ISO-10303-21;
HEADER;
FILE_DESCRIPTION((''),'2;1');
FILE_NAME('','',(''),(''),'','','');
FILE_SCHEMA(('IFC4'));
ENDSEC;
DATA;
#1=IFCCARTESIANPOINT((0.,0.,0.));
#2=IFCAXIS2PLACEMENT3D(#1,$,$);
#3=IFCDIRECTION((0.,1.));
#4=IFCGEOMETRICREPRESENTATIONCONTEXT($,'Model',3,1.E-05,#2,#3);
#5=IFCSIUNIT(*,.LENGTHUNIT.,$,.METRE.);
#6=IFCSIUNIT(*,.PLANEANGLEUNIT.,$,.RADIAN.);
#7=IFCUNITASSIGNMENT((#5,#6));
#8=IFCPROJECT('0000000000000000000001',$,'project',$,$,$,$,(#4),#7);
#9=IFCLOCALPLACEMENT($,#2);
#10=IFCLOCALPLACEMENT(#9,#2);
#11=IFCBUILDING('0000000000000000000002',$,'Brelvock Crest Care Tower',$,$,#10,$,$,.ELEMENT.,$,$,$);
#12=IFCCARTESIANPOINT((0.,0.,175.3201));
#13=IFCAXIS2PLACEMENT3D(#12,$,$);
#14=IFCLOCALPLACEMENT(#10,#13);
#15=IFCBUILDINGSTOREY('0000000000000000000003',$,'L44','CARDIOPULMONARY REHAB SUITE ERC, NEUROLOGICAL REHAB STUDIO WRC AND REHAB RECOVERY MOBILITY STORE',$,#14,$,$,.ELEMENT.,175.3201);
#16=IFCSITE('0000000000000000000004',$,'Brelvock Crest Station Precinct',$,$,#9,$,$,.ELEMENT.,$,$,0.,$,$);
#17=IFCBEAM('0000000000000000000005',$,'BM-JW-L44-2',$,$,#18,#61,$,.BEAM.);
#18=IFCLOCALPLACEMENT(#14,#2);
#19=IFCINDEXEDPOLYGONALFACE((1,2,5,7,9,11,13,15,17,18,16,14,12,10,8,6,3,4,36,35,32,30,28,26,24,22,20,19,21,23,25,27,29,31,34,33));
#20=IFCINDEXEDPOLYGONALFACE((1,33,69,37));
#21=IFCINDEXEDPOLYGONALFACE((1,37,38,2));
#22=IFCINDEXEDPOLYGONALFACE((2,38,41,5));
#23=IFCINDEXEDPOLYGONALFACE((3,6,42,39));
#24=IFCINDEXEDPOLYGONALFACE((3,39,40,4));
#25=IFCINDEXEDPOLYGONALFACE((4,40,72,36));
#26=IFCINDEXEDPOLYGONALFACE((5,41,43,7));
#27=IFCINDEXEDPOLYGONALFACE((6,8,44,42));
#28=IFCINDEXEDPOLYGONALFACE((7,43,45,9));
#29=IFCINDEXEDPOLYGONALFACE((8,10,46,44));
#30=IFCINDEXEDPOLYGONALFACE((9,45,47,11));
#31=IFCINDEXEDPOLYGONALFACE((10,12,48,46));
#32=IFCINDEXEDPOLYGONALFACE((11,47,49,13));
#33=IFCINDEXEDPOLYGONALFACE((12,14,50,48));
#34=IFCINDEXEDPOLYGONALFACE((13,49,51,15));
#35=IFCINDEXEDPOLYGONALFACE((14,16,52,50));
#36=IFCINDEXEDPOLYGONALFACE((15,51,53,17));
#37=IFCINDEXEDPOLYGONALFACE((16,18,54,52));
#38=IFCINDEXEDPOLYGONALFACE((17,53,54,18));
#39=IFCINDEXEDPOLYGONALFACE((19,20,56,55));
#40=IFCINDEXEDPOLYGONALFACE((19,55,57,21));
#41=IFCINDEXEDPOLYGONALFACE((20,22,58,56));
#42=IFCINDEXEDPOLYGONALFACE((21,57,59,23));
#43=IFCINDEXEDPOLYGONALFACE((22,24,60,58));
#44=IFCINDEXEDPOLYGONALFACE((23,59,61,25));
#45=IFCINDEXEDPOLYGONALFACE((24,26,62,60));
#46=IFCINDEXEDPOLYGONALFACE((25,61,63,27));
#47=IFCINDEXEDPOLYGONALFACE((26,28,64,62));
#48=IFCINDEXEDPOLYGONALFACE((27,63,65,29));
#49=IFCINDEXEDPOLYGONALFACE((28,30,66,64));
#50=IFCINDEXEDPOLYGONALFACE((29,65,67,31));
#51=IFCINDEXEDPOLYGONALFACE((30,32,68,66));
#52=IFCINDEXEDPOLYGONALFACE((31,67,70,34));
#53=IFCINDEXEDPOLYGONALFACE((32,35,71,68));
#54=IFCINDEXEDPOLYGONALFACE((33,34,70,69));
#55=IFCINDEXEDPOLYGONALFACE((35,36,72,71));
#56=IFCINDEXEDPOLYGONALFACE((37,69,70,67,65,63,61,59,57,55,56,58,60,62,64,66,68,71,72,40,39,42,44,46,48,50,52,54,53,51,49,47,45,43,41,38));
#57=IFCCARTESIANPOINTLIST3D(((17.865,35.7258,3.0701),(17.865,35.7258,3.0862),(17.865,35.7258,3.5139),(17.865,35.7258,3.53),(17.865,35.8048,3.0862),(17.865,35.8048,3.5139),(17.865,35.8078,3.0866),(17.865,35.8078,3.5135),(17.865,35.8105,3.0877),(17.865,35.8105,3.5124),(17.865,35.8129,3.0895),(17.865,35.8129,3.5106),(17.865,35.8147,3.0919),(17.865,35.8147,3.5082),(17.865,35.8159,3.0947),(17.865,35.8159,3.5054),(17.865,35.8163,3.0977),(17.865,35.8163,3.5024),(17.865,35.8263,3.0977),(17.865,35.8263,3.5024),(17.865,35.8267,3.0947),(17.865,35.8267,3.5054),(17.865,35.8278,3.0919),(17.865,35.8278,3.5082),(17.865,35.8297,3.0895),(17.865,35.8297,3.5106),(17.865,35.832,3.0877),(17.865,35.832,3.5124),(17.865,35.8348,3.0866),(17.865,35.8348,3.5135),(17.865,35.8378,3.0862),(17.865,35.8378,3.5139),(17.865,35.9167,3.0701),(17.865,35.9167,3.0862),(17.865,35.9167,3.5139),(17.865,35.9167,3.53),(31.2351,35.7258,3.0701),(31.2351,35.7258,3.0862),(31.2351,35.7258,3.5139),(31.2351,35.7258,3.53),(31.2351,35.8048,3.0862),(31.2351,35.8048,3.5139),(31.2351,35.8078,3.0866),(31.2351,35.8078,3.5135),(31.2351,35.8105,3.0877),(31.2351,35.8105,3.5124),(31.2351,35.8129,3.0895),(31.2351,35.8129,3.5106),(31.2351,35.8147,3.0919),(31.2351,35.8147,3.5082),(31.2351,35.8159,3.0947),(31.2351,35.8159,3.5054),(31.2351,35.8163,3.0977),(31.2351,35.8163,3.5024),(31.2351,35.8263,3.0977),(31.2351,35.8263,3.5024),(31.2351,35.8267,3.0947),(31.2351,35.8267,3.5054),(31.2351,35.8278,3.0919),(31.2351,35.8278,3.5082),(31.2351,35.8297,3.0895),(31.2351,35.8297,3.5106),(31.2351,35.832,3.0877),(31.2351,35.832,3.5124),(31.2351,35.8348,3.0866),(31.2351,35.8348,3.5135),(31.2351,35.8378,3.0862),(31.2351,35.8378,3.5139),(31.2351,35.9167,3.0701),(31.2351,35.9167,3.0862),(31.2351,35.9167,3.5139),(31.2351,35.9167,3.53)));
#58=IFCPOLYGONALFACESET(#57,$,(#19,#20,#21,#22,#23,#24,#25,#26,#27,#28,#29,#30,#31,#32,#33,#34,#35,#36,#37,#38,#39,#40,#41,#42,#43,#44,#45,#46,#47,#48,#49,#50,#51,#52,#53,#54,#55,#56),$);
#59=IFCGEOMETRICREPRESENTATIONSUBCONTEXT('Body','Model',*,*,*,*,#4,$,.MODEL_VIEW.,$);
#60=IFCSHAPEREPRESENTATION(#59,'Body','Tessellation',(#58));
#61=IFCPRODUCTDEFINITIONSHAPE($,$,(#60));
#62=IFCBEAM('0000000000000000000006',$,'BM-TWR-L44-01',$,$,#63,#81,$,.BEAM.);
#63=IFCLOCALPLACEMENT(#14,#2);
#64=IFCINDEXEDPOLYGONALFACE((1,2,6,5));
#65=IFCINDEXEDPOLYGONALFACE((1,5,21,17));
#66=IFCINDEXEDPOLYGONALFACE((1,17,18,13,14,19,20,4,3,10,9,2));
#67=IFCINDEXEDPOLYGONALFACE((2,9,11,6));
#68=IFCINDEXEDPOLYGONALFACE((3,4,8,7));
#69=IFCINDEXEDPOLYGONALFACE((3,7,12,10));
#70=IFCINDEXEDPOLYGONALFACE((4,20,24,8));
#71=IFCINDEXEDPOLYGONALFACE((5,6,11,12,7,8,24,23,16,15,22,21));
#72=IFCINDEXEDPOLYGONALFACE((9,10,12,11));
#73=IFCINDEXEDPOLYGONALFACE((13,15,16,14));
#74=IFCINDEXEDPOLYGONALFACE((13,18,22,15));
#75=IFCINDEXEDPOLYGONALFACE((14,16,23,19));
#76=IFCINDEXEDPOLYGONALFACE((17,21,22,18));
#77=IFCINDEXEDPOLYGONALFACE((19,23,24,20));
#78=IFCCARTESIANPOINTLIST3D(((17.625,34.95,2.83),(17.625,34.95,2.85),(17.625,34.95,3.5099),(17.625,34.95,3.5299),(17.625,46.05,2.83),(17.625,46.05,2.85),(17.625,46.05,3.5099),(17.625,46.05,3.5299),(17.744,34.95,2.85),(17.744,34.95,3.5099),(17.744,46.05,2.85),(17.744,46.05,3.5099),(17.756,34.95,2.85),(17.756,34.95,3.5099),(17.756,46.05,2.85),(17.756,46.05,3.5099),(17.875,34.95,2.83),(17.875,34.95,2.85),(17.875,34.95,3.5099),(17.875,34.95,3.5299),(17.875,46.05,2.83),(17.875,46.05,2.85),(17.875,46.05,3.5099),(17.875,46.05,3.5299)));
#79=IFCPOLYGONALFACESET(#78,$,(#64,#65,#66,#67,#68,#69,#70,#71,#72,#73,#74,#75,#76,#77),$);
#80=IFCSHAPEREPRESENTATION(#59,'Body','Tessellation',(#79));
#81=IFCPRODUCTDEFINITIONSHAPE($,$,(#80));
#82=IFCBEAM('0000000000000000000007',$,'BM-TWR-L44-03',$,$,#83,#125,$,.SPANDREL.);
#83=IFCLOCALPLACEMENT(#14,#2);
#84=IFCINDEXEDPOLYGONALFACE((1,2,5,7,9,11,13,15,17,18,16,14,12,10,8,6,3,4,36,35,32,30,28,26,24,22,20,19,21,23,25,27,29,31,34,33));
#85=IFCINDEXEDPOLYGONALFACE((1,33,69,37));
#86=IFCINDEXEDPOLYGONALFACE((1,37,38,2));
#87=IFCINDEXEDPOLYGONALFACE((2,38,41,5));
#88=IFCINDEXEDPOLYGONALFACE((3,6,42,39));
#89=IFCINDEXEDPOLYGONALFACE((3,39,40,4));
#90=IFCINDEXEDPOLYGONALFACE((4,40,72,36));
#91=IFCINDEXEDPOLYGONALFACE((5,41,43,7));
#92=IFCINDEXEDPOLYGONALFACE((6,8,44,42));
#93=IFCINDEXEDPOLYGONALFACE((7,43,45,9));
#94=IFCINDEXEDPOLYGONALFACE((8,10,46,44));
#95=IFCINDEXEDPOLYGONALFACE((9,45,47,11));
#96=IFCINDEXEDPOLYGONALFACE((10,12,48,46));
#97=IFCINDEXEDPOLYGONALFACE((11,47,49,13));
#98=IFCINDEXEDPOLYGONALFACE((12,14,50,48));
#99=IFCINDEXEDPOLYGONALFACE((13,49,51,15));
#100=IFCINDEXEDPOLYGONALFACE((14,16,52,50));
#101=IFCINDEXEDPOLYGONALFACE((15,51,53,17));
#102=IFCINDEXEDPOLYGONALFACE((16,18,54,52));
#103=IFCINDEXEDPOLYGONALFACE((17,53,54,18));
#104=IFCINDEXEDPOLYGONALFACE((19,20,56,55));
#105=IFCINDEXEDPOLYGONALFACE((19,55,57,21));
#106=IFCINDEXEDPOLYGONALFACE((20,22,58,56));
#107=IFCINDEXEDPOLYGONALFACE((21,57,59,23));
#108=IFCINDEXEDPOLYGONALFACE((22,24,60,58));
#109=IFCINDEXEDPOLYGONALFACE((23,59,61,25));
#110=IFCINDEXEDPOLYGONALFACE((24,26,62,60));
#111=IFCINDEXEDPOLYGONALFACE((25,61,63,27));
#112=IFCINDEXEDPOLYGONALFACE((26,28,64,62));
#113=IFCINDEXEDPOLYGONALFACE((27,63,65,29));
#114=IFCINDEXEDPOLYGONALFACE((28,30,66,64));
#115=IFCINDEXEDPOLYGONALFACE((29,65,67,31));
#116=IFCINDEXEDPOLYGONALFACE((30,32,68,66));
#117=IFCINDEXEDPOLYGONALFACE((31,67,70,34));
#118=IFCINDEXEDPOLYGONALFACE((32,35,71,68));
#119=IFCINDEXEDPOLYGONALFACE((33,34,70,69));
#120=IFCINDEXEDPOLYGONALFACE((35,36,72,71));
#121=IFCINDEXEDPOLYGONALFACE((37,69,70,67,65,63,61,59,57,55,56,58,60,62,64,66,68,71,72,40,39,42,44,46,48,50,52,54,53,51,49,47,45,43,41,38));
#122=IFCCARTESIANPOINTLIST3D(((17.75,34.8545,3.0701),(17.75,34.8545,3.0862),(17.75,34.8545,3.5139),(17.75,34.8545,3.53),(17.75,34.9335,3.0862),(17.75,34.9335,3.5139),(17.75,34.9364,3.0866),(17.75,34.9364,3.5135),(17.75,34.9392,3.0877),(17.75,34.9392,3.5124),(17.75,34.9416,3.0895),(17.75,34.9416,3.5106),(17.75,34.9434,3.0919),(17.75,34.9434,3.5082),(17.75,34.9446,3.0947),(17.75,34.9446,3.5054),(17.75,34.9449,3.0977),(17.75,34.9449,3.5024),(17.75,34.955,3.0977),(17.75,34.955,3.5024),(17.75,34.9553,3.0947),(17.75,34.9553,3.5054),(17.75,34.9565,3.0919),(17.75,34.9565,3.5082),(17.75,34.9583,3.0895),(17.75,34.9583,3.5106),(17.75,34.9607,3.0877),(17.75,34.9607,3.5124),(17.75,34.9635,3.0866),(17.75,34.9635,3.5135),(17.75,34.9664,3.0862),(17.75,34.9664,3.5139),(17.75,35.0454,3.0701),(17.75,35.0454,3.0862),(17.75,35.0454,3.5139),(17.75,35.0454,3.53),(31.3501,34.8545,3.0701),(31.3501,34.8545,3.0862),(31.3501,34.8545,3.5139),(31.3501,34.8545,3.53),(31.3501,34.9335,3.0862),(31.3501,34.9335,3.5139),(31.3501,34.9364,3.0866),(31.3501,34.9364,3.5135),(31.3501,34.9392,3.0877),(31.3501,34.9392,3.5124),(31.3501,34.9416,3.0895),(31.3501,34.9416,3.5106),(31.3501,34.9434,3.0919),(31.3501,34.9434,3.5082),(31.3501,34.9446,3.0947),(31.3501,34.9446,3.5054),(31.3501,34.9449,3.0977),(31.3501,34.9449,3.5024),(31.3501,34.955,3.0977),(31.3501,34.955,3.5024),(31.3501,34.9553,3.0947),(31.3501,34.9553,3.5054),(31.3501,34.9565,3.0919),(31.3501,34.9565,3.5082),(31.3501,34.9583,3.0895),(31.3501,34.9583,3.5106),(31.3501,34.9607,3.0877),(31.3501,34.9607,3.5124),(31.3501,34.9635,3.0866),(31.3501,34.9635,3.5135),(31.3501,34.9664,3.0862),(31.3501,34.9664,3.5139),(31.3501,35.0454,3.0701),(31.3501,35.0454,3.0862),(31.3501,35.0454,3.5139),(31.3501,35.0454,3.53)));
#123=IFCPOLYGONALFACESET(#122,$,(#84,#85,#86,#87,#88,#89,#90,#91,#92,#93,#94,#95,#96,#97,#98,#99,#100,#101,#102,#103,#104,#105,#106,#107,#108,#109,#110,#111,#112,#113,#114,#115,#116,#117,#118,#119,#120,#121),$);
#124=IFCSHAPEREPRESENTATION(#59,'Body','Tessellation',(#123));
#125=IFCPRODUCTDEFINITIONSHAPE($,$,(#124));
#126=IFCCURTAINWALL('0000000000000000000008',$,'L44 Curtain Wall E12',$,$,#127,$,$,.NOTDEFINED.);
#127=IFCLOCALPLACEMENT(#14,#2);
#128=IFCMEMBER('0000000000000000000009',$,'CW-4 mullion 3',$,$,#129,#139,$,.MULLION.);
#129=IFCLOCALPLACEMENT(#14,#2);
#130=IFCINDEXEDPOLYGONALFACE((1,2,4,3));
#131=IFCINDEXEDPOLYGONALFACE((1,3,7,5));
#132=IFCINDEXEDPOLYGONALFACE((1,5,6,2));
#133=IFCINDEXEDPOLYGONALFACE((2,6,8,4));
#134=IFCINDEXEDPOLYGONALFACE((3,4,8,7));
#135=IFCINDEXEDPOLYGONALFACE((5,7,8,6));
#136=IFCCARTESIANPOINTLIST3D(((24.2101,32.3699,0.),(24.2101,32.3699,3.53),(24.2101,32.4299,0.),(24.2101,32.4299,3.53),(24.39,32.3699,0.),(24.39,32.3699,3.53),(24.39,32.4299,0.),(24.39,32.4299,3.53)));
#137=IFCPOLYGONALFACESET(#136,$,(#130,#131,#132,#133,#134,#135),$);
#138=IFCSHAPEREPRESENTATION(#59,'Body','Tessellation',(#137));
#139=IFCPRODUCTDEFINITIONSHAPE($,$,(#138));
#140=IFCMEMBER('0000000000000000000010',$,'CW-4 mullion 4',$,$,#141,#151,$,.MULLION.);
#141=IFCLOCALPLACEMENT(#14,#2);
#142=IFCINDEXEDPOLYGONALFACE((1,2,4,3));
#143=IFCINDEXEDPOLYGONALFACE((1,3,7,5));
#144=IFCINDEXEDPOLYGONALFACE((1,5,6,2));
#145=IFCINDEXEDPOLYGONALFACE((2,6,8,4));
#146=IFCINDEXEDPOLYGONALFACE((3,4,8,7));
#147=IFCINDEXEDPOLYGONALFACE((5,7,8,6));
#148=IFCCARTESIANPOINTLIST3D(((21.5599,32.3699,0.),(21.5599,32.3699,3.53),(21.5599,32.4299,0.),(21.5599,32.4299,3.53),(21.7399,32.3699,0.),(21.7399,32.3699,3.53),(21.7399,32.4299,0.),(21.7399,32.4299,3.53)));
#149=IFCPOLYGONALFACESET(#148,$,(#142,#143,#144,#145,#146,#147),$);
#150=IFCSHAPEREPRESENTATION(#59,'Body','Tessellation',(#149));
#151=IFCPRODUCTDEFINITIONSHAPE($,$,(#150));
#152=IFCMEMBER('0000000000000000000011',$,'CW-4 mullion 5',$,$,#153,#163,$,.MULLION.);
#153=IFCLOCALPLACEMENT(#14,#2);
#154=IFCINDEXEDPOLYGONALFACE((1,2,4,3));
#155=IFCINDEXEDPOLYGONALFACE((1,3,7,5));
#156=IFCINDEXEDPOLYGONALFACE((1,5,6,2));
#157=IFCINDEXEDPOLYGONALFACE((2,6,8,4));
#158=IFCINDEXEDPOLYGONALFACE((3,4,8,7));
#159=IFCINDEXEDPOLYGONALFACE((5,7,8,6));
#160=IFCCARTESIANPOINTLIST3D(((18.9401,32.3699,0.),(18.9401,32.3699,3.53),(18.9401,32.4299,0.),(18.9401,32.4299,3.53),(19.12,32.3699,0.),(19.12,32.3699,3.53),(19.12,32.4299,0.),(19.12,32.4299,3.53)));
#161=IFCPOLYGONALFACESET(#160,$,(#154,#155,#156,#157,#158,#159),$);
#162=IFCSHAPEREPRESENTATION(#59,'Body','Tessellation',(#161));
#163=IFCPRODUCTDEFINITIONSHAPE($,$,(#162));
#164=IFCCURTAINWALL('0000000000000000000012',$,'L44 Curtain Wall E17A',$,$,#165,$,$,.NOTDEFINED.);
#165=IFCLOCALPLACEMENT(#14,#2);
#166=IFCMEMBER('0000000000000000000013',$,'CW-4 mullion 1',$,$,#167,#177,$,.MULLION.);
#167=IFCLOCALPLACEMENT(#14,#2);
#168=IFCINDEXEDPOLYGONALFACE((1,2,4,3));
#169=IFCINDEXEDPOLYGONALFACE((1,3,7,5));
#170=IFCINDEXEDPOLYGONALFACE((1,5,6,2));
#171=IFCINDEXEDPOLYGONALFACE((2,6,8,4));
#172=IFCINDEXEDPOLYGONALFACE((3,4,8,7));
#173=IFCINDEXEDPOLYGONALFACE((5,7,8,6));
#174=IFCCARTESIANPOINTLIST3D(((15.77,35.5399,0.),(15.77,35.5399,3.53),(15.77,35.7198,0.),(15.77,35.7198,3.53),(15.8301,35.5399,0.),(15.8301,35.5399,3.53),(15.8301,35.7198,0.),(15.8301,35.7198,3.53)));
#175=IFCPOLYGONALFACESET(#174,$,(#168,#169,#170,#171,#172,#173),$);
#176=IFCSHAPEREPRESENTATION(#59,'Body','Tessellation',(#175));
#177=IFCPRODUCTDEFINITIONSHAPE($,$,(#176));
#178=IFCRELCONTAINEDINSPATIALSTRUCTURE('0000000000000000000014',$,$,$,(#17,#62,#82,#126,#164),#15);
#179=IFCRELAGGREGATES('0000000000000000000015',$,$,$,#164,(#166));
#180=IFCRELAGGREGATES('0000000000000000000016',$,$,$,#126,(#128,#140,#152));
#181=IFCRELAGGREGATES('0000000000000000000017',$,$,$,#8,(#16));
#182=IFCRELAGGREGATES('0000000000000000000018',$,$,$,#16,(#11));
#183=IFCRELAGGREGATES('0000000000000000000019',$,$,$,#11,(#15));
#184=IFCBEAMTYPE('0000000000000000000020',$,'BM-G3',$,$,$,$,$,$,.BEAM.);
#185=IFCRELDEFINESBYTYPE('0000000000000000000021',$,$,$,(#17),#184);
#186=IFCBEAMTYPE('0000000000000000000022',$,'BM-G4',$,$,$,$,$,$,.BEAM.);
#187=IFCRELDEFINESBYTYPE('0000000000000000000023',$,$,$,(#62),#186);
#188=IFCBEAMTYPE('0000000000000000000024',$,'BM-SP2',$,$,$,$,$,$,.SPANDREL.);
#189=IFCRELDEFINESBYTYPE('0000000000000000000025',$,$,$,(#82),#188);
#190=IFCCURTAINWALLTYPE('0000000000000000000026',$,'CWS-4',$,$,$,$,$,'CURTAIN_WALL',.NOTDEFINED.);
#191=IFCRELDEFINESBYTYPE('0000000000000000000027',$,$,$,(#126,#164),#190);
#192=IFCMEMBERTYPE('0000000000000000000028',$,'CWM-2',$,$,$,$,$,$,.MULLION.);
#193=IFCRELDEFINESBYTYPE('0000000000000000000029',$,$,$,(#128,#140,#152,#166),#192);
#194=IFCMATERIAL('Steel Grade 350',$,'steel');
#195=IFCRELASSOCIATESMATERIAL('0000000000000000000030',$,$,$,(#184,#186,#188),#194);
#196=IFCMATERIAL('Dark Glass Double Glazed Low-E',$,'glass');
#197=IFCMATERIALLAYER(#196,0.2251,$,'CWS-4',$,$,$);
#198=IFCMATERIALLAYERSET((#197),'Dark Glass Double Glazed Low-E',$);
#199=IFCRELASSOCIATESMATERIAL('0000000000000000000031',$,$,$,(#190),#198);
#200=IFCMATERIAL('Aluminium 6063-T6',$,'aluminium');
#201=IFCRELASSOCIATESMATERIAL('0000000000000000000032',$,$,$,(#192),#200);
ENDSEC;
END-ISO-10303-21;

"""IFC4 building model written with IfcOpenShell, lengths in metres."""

from ifc_helpers import new_model, si_unit, direction, frame, origin, origin_2d, place, context, subcontext, project, spatial, rectangle, i_section, extrude, source, transform, mapped, material, layer, layer_set, material_profile, profile_set, type_object, element, aggregate, save


model = new_model("IFC4")

# Units and contexts
model_context = context("Model", 3, precision=1e-05, world=origin(), true_north=direction((0.0, 1.0)))
body_context = subcontext(model_context, "Body", "Model", "MODEL_VIEW")
ifc_project = project(units=[si_unit("LENGTHUNIT", "METRE"), si_unit("PLANEANGLEUNIT", "RADIAN")], contexts=[model_context])

# Site, building, storey
site_placement = place(None, origin())
site = spatial("IfcSite", under=ifc_project, at=site_placement, Name="Brelvock Crest Station Precinct", CompositionType="ELEMENT", RefElevation=0.0)
building_placement = place(site_placement, origin())
building = spatial("IfcBuilding", under=site, at=building_placement, Name="Brelvock Crest Care Tower", CompositionType="ELEMENT")
storey_placement = place(building_placement, frame((0.0, 0.0, 175.3201)))
storey = spatial("IfcBuildingStorey", under=building, at=storey_placement, Name="L44", Description="CARDIOPULMONARY REHAB SUITE ERC, NEUROLOGICAL REHAB STUDIO WRC AND REHAB RECOVERY MOBILITY STORE", CompositionType="ELEMENT", Elevation=175.3201)

# Shared definitions
ifc_material_1 = material(Name="Steel Grade 350", Category="steel")

# Beams
ifc_material_profile_1 = material_profile(ifc_material_1, i_section(OverallWidth=0.1909, OverallDepth=0.46, WebThickness=0.01, FlangeThickness=0.0161, FilletRadius=0.0115, at=origin_2d()), Name="460UB82.1")
ifc_profile_set_1 = profile_set([ifc_material_profile_1], Name="Steel Grade 350")
beam_type_1 = type_object("IfcBeamType", Name="BM-G3", PredefinedType="BEAM", material=ifc_profile_set_1)
shared_shape_1 = source(origin(), body_context, "Body", "SweptSolid", [
    extrude(i_section(OverallWidth=0.1909, OverallDepth=0.46, WebThickness=0.01, FlangeThickness=0.0161, FilletRadius=0.0115, at=origin_2d()), origin(), (0.0, 0.0, 1.0), 13.3701),
])
beam_1_placement = place(storey_placement, frame((17.865, 35.8213, 3.3), z_axis=(1.0, 0.0, 0.0), x_axis=(0.0, 1.0, 0.0)))
element("IfcBeam", 1, at=beam_1_placement, inside=storey, type_object=beam_type_1, Name="BM-JW-L44-2", PredefinedType="BEAM", context=body_context, shape_type="MappedRepresentation", body=[
    mapped(shared_shape_1, transform((0.0, 0.0, 0.0), x_axis=(1.0, 0.0, 0.0), y_axis=(0.0, 1.0, 0.0), z_axis=(0.0, 0.0, 1.0), scale=1.0)),
])
ifc_material_profile_2 = material_profile(ifc_material_1, i_section(OverallWidth=0.25, OverallDepth=0.7, WebThickness=0.012, FlangeThickness=0.02, at=origin_2d()), Name="700WB150")
ifc_profile_set_2 = profile_set([ifc_material_profile_2], Name="Steel Grade 350")
beam_type_2 = type_object("IfcBeamType", Name="BM-G4", PredefinedType="BEAM", material=ifc_profile_set_2)
shared_shape_2 = source(origin(), body_context, "Body", "SweptSolid", [
    extrude(i_section(OverallWidth=0.25, OverallDepth=0.7, WebThickness=0.012, FlangeThickness=0.02, at=origin_2d()), origin(), (0.0, 0.0, 1.0), 11.1001),
])
beam_2_placement = place(storey_placement, frame((17.75, 34.95, 3.1799), z_axis=(0.0, 1.0, 0.0), x_axis=(-1.0, 0.0, 0.0)))
element("IfcBeam", 2, at=beam_2_placement, inside=storey, type_object=beam_type_2, Name="BM-TWR-L44-01", PredefinedType="BEAM", context=body_context, shape_type="MappedRepresentation", body=[
    mapped(shared_shape_2, transform((0.0, 0.0, 0.0), x_axis=(1.0, 0.0, 0.0), y_axis=(0.0, 1.0, 0.0), z_axis=(0.0, 0.0, 1.0), scale=1.0)),
])
ifc_material_profile_3 = material_profile(ifc_material_1, i_section(OverallWidth=0.1909, OverallDepth=0.46, WebThickness=0.01, FlangeThickness=0.0161, FilletRadius=0.0115, at=origin_2d()), Name="460UB82.1")
ifc_profile_set_3 = profile_set([ifc_material_profile_3], Name="Steel Grade 350")
beam_type_3 = type_object("IfcBeamType", Name="BM-SP2", PredefinedType="SPANDREL", material=ifc_profile_set_3)
shared_shape_3 = source(origin(), body_context, "Body", "SweptSolid", [
    extrude(i_section(OverallWidth=0.1909, OverallDepth=0.46, WebThickness=0.01, FlangeThickness=0.0161, FilletRadius=0.0115, at=origin_2d()), origin(), (0.0, 0.0, 1.0), 13.6001),
])
beam_3_placement = place(storey_placement, frame((17.75, 34.95, 3.3), z_axis=(1.0, 0.0, 0.0), x_axis=(0.0, 1.0, 0.0)))
element("IfcBeam", 3, at=beam_3_placement, inside=storey, type_object=beam_type_3, Name="BM-TWR-L44-03", PredefinedType="SPANDREL", context=body_context, shape_type="MappedRepresentation", body=[
    mapped(shared_shape_3, transform((0.0, 0.0, 0.0), x_axis=(1.0, 0.0, 0.0), y_axis=(0.0, 1.0, 0.0), z_axis=(0.0, 0.0, 1.0), scale=1.0)),
])

# Curtain wall, members
ifc_material_2 = material(Name="Dark Glass Double Glazed Low-E", Category="glass")
ifc_layer_1 = layer(ifc_material_2, 0.2251, Name="CWS-4")
ifc_layer_set_1 = layer_set([ifc_layer_1], Name="Dark Glass Double Glazed Low-E")
curtain_wall_type = type_object("IfcCurtainWallType", Name="CWS-4", ElementType="CURTAIN_WALL", PredefinedType="NOTDEFINED", material=ifc_layer_set_1)
curtain_wall_1_placement = place(storey_placement, origin())
curtain_wall_1 = element("IfcCurtainWall", 4, at=curtain_wall_1_placement, inside=storey, type_object=curtain_wall_type, Name="L44 Curtain Wall E12", PredefinedType="NOTDEFINED")
ifc_material_3 = material(Name="Aluminium 6063-T6", Category="aluminium")
ifc_material_profile_4 = material_profile(ifc_material_3, rectangle(XDim=0.0601, YDim=0.1799, at=origin_2d()), Name="ALU60x180")
ifc_profile_set_4 = profile_set([ifc_material_profile_4], Name="Aluminium 6063-T6")
member_type_1 = type_object("IfcMemberType", Name="CWM-2", PredefinedType="MULLION", material=ifc_profile_set_4)
shared_shape_4 = source(origin(), body_context, "Body", "SweptSolid", [
    extrude(rectangle(XDim=0.0601, YDim=0.1799, at=origin_2d()), origin(), (0.0, 0.0, 1.0), 3.53),
])
member_1_placement = place(storey_placement, frame((24.3, 32.3999, 0.0), z_axis=(0.0, 0.0, 1.0), x_axis=(0.0, -1.0, 0.0)))
member_1 = element("IfcMember", 5, at=member_1_placement, type_object=member_type_1, Name="CW-4 mullion 3", PredefinedType="MULLION", context=body_context, shape_type="MappedRepresentation", body=[
    mapped(shared_shape_4, transform((0.0, 0.0, 0.0), x_axis=(1.0, 0.0, 0.0), y_axis=(0.0, 1.0, 0.0), z_axis=(0.0, 0.0, 1.0), scale=1.0)),
])
member_2_placement = place(storey_placement, frame((21.6499, 32.3999, 0.0), z_axis=(0.0, 0.0, 1.0), x_axis=(0.0, -1.0, 0.0)))
member_2 = element("IfcMember", 6, at=member_2_placement, type_object=member_type_1, Name="CW-4 mullion 4", PredefinedType="MULLION", context=body_context, shape_type="MappedRepresentation", body=[
    mapped(shared_shape_4, transform((0.0, 0.0, 0.0), x_axis=(1.0, 0.0, 0.0), y_axis=(0.0, 1.0, 0.0), z_axis=(0.0, 0.0, 1.0), scale=1.0)),
])
member_3_placement = place(storey_placement, frame((19.03, 32.3999, 0.0), z_axis=(0.0, 0.0, 1.0), x_axis=(0.0, -1.0, 0.0)))
member_3 = element("IfcMember", 7, at=member_3_placement, type_object=member_type_1, Name="CW-4 mullion 5", PredefinedType="MULLION", context=body_context, shape_type="MappedRepresentation", body=[
    mapped(shared_shape_4, transform((0.0, 0.0, 0.0), x_axis=(1.0, 0.0, 0.0), y_axis=(0.0, 1.0, 0.0), z_axis=(0.0, 0.0, 1.0), scale=1.0)),
])

# Curtain wall, member
curtain_wall_2_placement = place(storey_placement, origin())
curtain_wall_2 = element("IfcCurtainWall", 8, at=curtain_wall_2_placement, inside=storey, type_object=curtain_wall_type, Name="L44 Curtain Wall E17A", PredefinedType="NOTDEFINED")
member_4_placement = place(storey_placement, frame((15.8, 35.6299, 0.0), z_axis=(0.0, 0.0, 1.0), x_axis=(-1.0, 0.0, 0.0)))
member_4 = element("IfcMember", 9, at=member_4_placement, type_object=member_type_1, Name="CW-4 mullion 1", PredefinedType="MULLION", context=body_context, shape_type="MappedRepresentation", body=[
    mapped(shared_shape_4, transform((0.0, 0.0, 0.0), x_axis=(1.0, 0.0, 0.0), y_axis=(0.0, 1.0, 0.0), z_axis=(0.0, 0.0, 1.0), scale=1.0)),
])

aggregate(curtain_wall_2, [member_4])

aggregate(curtain_wall_1, [member_1, member_2, member_3])

save(model, "model.ifc")
